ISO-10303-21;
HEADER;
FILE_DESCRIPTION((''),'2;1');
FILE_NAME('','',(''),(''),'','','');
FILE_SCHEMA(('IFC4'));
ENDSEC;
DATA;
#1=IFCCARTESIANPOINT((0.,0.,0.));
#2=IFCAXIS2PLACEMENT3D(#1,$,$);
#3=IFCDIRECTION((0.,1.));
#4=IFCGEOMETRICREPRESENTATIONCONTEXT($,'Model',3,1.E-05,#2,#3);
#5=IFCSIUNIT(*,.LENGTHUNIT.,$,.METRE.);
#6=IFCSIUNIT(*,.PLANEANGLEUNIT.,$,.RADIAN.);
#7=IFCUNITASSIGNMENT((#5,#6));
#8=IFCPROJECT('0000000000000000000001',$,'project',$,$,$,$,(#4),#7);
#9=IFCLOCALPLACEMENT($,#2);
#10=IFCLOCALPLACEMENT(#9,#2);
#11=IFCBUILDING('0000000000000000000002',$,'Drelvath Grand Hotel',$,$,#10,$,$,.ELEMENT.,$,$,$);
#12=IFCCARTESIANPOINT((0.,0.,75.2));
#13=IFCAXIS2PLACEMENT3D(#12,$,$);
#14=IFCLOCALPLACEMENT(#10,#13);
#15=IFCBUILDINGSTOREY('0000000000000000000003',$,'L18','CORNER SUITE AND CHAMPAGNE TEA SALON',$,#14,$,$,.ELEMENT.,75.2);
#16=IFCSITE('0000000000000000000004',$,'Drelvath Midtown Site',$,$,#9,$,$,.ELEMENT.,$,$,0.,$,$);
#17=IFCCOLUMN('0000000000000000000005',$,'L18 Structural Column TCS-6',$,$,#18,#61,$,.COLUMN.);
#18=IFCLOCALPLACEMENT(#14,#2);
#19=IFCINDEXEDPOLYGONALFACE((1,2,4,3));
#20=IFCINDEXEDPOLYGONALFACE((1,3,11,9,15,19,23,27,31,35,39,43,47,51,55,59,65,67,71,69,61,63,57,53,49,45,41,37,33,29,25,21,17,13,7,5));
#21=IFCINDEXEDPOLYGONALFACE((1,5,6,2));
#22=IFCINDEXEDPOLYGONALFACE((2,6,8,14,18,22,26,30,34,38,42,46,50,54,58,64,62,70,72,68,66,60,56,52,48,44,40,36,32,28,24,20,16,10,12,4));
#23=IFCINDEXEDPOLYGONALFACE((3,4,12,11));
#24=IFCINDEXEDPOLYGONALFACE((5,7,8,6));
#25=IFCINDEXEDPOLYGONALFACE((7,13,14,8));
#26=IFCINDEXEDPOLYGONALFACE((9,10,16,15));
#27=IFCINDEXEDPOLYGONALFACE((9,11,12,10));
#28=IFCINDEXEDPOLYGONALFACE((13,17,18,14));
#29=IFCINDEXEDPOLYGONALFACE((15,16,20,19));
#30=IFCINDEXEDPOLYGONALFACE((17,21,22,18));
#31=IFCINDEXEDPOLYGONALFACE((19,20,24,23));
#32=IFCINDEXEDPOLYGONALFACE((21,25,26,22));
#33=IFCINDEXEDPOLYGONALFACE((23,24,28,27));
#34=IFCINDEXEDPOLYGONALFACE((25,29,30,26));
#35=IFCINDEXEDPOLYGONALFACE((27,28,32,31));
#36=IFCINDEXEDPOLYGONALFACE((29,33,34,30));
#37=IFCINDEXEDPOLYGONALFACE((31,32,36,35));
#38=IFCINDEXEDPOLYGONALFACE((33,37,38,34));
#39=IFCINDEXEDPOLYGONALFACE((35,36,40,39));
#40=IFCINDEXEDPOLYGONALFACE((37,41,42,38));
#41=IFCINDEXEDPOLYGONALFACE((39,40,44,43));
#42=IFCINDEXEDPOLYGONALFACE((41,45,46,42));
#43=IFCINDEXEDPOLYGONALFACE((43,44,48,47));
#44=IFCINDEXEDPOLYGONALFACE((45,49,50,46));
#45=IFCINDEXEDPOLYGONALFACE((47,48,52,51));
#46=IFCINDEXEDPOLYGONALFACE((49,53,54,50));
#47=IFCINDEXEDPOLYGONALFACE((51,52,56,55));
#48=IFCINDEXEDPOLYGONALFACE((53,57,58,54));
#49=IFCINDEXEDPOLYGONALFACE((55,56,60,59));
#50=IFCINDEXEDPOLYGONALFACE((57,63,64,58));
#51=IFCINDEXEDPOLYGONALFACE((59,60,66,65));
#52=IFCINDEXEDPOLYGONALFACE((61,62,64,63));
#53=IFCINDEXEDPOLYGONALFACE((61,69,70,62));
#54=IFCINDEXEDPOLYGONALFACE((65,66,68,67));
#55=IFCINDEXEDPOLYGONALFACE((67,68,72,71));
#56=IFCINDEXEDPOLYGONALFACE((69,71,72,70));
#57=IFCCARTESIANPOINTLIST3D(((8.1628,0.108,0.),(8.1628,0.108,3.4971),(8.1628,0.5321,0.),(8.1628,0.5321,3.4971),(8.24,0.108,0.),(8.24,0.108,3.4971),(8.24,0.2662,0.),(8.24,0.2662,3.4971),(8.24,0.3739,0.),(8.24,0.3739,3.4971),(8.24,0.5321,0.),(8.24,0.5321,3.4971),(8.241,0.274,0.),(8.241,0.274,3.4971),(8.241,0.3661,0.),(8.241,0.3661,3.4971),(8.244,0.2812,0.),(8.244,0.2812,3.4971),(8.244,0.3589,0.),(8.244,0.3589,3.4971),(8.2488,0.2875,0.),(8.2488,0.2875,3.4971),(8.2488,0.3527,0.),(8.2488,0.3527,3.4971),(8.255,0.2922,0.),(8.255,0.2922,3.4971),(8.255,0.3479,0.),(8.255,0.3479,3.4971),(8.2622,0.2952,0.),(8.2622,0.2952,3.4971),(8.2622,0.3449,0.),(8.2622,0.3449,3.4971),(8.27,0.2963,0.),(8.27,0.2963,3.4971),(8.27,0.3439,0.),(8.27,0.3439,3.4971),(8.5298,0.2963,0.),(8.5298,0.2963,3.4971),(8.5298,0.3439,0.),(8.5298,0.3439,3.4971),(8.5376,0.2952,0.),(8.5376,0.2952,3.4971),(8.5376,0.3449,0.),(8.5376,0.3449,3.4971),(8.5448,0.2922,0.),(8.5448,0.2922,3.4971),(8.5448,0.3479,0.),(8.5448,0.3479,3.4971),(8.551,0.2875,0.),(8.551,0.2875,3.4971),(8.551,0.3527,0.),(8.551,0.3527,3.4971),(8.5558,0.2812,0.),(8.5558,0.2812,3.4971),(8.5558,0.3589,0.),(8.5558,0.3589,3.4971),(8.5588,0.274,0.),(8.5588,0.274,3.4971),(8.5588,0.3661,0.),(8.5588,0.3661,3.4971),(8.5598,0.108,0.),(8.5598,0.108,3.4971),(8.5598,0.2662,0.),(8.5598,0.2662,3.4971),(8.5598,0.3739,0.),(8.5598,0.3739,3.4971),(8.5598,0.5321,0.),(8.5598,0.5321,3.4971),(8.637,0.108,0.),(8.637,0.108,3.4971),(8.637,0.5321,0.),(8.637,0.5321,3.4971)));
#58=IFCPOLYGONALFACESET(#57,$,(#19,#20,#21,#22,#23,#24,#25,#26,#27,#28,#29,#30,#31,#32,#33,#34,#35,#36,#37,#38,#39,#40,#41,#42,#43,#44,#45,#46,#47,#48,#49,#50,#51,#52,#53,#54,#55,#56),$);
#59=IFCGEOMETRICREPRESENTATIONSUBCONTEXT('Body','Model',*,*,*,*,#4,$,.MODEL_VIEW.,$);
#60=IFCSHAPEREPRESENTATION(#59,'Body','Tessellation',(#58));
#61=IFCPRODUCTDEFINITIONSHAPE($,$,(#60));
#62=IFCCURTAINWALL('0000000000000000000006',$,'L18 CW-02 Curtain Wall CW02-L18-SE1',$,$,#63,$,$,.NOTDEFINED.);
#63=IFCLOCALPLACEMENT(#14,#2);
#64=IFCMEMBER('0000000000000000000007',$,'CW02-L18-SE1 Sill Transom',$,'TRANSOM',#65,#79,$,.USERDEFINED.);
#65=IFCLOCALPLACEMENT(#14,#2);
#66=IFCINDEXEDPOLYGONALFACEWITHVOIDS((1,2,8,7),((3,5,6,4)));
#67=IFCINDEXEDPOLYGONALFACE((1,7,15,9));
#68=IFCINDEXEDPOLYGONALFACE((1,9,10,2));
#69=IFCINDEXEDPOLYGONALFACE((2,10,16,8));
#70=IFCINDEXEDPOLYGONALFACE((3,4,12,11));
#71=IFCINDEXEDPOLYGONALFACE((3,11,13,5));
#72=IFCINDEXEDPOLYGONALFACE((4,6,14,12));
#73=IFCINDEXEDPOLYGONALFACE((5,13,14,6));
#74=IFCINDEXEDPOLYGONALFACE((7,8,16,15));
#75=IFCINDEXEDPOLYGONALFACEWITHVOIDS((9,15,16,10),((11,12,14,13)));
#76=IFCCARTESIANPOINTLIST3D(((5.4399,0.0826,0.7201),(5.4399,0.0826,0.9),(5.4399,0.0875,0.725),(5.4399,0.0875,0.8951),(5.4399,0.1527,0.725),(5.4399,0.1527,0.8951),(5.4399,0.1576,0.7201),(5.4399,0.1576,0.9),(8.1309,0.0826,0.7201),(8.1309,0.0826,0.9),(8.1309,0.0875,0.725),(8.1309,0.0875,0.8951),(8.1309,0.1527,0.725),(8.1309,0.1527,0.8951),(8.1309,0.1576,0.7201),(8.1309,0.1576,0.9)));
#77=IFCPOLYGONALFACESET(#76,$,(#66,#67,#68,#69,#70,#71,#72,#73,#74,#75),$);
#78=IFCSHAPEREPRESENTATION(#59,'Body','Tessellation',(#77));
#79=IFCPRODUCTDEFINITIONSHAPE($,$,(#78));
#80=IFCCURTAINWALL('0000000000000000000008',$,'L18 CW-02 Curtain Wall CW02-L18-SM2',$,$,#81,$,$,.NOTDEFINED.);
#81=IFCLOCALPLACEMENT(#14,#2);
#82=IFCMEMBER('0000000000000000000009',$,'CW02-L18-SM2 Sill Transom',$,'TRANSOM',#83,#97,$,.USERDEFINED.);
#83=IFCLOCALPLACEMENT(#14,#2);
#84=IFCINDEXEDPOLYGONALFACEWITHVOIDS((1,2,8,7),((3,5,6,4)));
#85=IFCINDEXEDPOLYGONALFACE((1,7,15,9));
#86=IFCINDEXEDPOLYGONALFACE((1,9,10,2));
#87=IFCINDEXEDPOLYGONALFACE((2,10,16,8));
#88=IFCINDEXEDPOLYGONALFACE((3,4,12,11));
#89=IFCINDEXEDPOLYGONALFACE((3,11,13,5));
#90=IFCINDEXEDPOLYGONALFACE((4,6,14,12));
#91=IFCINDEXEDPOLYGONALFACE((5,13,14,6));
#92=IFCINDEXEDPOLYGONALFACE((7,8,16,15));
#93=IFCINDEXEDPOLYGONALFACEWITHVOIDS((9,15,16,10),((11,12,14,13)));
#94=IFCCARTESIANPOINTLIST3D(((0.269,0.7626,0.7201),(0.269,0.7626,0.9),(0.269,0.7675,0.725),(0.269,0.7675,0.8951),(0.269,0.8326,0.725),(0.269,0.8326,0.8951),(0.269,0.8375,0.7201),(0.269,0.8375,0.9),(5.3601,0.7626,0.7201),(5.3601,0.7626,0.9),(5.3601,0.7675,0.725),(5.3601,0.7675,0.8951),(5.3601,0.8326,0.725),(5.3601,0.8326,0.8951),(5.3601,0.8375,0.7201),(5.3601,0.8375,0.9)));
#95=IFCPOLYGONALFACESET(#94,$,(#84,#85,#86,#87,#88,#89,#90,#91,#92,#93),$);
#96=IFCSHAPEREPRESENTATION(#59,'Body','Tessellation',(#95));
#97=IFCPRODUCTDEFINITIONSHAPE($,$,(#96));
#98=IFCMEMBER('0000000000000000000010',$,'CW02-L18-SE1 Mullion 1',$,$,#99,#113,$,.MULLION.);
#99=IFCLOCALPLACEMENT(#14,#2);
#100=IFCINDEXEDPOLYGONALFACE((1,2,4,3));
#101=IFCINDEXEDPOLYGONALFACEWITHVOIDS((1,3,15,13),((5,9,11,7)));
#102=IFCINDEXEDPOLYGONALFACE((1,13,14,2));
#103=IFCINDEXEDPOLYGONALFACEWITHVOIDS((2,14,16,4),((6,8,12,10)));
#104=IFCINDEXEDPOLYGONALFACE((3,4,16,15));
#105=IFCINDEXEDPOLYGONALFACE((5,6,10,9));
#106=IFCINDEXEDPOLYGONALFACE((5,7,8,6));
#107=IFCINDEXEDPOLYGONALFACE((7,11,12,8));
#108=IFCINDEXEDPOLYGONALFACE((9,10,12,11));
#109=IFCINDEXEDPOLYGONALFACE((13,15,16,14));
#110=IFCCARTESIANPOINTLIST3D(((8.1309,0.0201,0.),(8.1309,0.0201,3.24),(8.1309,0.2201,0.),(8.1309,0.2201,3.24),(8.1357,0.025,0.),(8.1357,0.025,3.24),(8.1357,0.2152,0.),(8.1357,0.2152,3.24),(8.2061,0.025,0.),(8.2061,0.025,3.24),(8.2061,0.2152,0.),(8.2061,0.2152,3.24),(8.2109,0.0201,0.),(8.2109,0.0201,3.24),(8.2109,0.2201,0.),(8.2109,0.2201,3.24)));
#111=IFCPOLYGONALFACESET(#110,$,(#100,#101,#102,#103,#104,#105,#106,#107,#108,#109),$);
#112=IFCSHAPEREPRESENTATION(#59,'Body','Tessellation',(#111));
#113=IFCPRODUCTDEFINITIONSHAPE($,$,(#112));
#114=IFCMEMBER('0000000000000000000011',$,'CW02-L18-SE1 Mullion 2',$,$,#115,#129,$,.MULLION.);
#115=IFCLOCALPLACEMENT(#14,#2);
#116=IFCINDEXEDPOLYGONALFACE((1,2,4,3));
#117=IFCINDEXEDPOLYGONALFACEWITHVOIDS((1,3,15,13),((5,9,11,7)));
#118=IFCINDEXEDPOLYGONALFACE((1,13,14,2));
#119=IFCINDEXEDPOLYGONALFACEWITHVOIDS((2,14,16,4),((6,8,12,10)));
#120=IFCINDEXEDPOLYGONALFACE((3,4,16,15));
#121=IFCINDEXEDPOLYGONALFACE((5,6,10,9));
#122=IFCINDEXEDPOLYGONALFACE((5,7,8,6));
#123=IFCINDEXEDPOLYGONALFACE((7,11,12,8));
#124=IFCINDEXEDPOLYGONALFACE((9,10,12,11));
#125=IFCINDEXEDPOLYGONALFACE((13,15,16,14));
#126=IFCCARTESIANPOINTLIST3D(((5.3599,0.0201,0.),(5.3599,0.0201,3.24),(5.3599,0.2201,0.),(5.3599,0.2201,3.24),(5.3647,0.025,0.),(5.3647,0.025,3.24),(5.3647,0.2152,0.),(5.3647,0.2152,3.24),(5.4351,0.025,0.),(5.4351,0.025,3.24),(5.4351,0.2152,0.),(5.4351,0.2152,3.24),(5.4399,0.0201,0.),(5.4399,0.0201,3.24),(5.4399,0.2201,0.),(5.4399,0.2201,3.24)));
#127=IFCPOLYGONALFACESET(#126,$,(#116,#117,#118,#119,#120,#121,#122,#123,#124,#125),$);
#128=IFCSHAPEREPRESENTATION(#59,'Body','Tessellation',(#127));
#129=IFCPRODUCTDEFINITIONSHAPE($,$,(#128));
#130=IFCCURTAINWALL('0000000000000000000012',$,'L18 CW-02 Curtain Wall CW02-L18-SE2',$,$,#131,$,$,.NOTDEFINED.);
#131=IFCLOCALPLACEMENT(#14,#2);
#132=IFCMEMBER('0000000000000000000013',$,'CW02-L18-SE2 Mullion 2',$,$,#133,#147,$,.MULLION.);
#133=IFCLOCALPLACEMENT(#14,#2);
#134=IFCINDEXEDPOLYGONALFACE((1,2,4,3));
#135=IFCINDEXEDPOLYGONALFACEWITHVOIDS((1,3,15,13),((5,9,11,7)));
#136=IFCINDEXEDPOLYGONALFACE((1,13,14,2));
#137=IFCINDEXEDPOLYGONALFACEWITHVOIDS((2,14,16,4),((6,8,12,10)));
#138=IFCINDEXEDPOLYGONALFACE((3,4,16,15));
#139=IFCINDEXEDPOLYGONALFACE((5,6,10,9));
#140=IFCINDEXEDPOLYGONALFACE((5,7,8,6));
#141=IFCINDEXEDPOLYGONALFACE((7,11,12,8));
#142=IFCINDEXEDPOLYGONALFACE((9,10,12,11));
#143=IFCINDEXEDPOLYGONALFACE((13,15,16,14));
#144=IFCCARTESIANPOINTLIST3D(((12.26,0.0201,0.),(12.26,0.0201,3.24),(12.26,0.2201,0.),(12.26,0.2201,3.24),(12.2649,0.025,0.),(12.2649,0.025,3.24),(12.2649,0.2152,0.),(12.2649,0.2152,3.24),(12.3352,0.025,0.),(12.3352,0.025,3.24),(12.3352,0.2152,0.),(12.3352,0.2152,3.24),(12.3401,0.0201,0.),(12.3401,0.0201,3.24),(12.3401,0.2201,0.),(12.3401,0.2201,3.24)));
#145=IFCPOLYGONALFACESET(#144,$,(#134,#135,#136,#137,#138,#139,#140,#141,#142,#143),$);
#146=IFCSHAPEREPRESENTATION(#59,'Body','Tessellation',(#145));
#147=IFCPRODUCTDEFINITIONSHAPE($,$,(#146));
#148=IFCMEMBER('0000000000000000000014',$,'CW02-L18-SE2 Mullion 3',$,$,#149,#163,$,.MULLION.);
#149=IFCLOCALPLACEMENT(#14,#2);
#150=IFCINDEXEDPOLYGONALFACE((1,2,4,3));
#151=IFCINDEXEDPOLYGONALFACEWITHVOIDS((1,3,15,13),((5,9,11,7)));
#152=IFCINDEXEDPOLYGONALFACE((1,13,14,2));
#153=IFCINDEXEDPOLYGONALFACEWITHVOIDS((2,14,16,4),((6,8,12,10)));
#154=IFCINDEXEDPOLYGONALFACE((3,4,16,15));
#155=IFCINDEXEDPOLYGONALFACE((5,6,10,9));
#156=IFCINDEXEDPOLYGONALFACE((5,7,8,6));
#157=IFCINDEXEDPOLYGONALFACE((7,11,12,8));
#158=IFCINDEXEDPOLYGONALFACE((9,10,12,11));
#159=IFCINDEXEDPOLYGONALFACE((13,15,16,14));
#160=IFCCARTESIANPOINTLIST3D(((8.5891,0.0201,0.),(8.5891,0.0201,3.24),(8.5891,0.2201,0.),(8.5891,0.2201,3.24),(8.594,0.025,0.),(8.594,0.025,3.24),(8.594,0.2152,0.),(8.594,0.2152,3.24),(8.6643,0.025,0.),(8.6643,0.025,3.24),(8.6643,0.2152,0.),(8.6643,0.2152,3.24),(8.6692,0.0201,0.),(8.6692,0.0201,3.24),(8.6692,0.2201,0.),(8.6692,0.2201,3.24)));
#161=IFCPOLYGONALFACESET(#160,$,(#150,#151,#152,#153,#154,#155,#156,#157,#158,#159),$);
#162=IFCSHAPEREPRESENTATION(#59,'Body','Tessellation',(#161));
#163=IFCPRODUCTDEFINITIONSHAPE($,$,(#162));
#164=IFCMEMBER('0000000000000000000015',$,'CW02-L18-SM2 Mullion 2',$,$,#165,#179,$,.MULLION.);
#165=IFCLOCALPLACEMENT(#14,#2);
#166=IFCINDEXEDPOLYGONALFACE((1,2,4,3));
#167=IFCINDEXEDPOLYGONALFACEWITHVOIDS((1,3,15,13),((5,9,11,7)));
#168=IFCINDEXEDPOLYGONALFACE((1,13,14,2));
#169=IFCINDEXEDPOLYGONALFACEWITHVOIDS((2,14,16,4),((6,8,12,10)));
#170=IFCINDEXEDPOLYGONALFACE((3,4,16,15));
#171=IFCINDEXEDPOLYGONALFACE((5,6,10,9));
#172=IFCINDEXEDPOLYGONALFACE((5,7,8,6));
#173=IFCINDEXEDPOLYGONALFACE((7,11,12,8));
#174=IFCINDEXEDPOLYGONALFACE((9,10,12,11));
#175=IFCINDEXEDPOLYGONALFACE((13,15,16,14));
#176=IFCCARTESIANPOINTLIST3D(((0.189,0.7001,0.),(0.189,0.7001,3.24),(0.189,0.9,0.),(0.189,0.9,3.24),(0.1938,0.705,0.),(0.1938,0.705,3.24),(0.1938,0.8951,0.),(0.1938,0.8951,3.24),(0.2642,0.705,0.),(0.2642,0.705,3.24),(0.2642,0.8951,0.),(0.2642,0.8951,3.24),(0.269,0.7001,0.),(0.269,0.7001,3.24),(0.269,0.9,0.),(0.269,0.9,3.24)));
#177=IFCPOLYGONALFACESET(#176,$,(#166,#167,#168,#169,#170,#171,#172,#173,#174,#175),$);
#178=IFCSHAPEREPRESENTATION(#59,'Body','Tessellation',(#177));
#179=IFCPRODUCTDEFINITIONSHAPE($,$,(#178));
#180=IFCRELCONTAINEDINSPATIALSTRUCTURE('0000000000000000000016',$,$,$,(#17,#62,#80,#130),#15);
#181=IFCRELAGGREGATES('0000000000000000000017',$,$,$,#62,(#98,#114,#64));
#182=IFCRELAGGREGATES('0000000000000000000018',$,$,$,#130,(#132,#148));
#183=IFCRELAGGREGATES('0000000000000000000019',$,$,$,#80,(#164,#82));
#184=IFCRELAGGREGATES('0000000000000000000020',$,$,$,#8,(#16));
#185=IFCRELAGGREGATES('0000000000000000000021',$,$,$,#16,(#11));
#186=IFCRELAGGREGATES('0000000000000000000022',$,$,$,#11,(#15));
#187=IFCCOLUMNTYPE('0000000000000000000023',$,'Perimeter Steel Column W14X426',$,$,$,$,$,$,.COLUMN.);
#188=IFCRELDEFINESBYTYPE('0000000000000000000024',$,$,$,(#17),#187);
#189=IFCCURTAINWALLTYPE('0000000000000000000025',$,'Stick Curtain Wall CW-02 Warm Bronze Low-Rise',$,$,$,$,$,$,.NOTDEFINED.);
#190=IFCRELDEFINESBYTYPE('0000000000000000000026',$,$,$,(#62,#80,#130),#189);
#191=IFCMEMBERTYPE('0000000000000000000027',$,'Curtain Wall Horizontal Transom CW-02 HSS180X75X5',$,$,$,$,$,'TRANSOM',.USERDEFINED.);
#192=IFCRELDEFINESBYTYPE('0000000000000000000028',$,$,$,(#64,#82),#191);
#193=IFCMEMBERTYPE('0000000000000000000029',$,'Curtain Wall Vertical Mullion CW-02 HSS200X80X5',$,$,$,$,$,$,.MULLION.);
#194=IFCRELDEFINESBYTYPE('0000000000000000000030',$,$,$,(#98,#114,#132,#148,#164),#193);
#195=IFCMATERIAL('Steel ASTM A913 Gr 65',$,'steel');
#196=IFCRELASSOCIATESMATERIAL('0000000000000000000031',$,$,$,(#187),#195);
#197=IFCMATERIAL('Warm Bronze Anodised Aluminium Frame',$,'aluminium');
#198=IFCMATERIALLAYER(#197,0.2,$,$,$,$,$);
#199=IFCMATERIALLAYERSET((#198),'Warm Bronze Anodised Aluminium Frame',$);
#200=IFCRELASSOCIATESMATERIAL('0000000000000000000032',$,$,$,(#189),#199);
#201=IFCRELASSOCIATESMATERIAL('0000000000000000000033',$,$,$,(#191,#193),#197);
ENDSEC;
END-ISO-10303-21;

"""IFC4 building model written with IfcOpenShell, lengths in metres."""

from ifc_helpers import new_model, si_unit, direction, frame, origin, origin_2d, place, context, subcontext, project, spatial, hollow_rectangle, i_section, extrude, material, layer, layer_set, material_profile, profile_set, type_object, element, aggregate, save


model = new_model("IFC4")

# Units and contexts
model_context = context("Model", 3, precision=1e-05, world=origin(), true_north=direction((0.0, 1.0)))
body_context = subcontext(model_context, "Body", "Model", "MODEL_VIEW")
ifc_project = project(units=[si_unit("LENGTHUNIT", "METRE"), si_unit("PLANEANGLEUNIT", "RADIAN")], contexts=[model_context])

# Site, building, storey
site_placement = place(None, origin())
site = spatial("IfcSite", under=ifc_project, at=site_placement, Name="Drelvath Midtown Site", CompositionType="ELEMENT", RefElevation=0.0)
building_placement = place(site_placement, origin())
building = spatial("IfcBuilding", under=site, at=building_placement, Name="Drelvath Grand Hotel", CompositionType="ELEMENT")
storey_placement = place(building_placement, frame((0.0, 0.0, 75.2)))
storey = spatial("IfcBuildingStorey", under=building, at=storey_placement, Name="L18", Description="CORNER SUITE AND CHAMPAGNE TEA SALON", CompositionType="ELEMENT", Elevation=75.2)

# Column
ifc_material_1 = material(Name="Steel ASTM A913 Gr 65", Category="steel")
ifc_material_profile_1 = material_profile(ifc_material_1, i_section(OverallWidth=0.4241, OverallDepth=0.4741, WebThickness=0.0476, FlangeThickness=0.0771, FilletRadius=0.03, at=origin_2d()), Name="W14X426")
ifc_profile_set_1 = profile_set([ifc_material_profile_1], Name="Steel ASTM A913 Gr 65")
column_type = type_object("IfcColumnType", Name="Perimeter Steel Column W14X426", PredefinedType="COLUMN", material=ifc_profile_set_1)
column_placement = place(storey_placement, frame((8.3999, 0.3201, 0.0), z_axis=(0.0, 0.0, 1.0), x_axis=(0.0, 1.0, 0.0)))
element("IfcColumn", 1, at=column_placement, inside=storey, type_object=column_type, Name="L18 Structural Column TCS-6", PredefinedType="COLUMN", context=body_context, shape_type="SweptSolid", body=[
    extrude(i_section(OverallWidth=0.4241, OverallDepth=0.4741, WebThickness=0.0476, FlangeThickness=0.0771, FilletRadius=0.03, at=origin_2d()), origin(), (0.0, 0.0, 1.0), 3.4971),
])

# Curtain walls, members
ifc_material_2 = material(Name="Warm Bronze Anodised Aluminium Frame", Category="aluminium")
ifc_layer_1 = layer(ifc_material_2, 0.2)
ifc_layer_set_1 = layer_set([ifc_layer_1], Name="Warm Bronze Anodised Aluminium Frame")
curtain_wall_type = type_object("IfcCurtainWallType", Name="Stick Curtain Wall CW-02 Warm Bronze Low-Rise", PredefinedType="NOTDEFINED", material=ifc_layer_set_1)
curtain_wall_1_placement = place(storey_placement, origin())
curtain_wall_1 = element("IfcCurtainWall", 2, at=curtain_wall_1_placement, inside=storey, type_object=curtain_wall_type, Name="L18 CW-02 Curtain Wall CW02-L18-SE1", PredefinedType="NOTDEFINED")
ifc_material_profile_2 = material_profile(ifc_material_2, hollow_rectangle(XDim=0.075, YDim=0.1799, WallThickness=0.0049, at=origin_2d()), Name="HSS180X75X5")
ifc_profile_set_2 = profile_set([ifc_material_profile_2], Name="Warm Bronze Anodised Aluminium Frame")
member_type_1 = type_object("IfcMemberType", Name="Curtain Wall Horizontal Transom CW-02 HSS180X75X5", ElementType="TRANSOM", PredefinedType="USERDEFINED", material=ifc_profile_set_2)
member_1_placement = place(storey_placement, frame((8.1309, 0.1201, 0.8101), z_axis=(-1.0, 0.0, 0.0), x_axis=(0.0, -1.0, 0.0)))
member_1 = element("IfcMember", 3, at=member_1_placement, type_object=member_type_1, Name="CW02-L18-SE1 Sill Transom", ObjectType="TRANSOM", PredefinedType="USERDEFINED", context=body_context, shape_type="SweptSolid", body=[
    extrude(hollow_rectangle(XDim=0.075, YDim=0.1799, WallThickness=0.0049, at=origin_2d()), origin(), (0.0, 0.0, 1.0), 2.6909),
])
curtain_wall_2_placement = place(storey_placement, origin())
curtain_wall_2 = element("IfcCurtainWall", 4, at=curtain_wall_2_placement, inside=storey, type_object=curtain_wall_type, Name="L18 CW-02 Curtain Wall CW02-L18-SM2", PredefinedType="NOTDEFINED")
member_2_placement = place(storey_placement, frame((5.3601, 0.8, 0.8101), z_axis=(-1.0, 0.0, 0.0), x_axis=(0.0, -1.0, 0.0)))
member_2 = element("IfcMember", 5, at=member_2_placement, type_object=member_type_1, Name="CW02-L18-SM2 Sill Transom", ObjectType="TRANSOM", PredefinedType="USERDEFINED", context=body_context, shape_type="SweptSolid", body=[
    extrude(hollow_rectangle(XDim=0.075, YDim=0.1799, WallThickness=0.0049, at=origin_2d()), origin(), (0.0, 0.0, 1.0), 5.0911),
])

# Members
ifc_material_profile_3 = material_profile(ifc_material_2, hollow_rectangle(XDim=0.0801, YDim=0.2, WallThickness=0.0049, at=origin_2d()), Name="HSS200X80X5")
ifc_profile_set_3 = profile_set([ifc_material_profile_3], Name="Warm Bronze Anodised Aluminium Frame")
member_type_2 = type_object("IfcMemberType", Name="Curtain Wall Vertical Mullion CW-02 HSS200X80X5", PredefinedType="MULLION", material=ifc_profile_set_3)
member_3_placement = place(storey_placement, frame((8.1709, 0.1201, 0.0), z_axis=(0.0, 0.0, 1.0), x_axis=(1.0, 0.0, 0.0)))
member_3 = element("IfcMember", 6, at=member_3_placement, type_object=member_type_2, Name="CW02-L18-SE1 Mullion 1", PredefinedType="MULLION", context=body_context, shape_type="SweptSolid", body=[
    extrude(hollow_rectangle(XDim=0.0801, YDim=0.2, WallThickness=0.0049, at=origin_2d()), origin(), (0.0, 0.0, 1.0), 3.24),
])
member_4_placement = place(storey_placement, frame((5.3999, 0.1201, 0.0), z_axis=(0.0, 0.0, 1.0), x_axis=(1.0, 0.0, 0.0)))
member_4 = element("IfcMember", 7, at=member_4_placement, type_object=member_type_2, Name="CW02-L18-SE1 Mullion 2", PredefinedType="MULLION", context=body_context, shape_type="SweptSolid", body=[
    extrude(hollow_rectangle(XDim=0.0801, YDim=0.2, WallThickness=0.0049, at=origin_2d()), origin(), (0.0, 0.0, 1.0), 3.24),
])

# Curtain wall, members
curtain_wall_3_placement = place(storey_placement, origin())
curtain_wall_3 = element("IfcCurtainWall", 8, at=curtain_wall_3_placement, inside=storey, type_object=curtain_wall_type, Name="L18 CW-02 Curtain Wall CW02-L18-SE2", PredefinedType="NOTDEFINED")
member_5_placement = place(storey_placement, frame((12.3, 0.1201, 0.0), z_axis=(0.0, 0.0, 1.0), x_axis=(1.0, 0.0, 0.0)))
member_5 = element("IfcMember", 9, at=member_5_placement, type_object=member_type_2, Name="CW02-L18-SE2 Mullion 2", PredefinedType="MULLION", context=body_context, shape_type="SweptSolid", body=[
    extrude(hollow_rectangle(XDim=0.0801, YDim=0.2, WallThickness=0.0049, at=origin_2d()), origin(), (0.0, 0.0, 1.0), 3.24),
])
member_6_placement = place(storey_placement, frame((8.6292, 0.1201, 0.0), z_axis=(0.0, 0.0, 1.0), x_axis=(1.0, 0.0, 0.0)))
member_6 = element("IfcMember", 10, at=member_6_placement, type_object=member_type_2, Name="CW02-L18-SE2 Mullion 3", PredefinedType="MULLION", context=body_context, shape_type="SweptSolid", body=[
    extrude(hollow_rectangle(XDim=0.0801, YDim=0.2, WallThickness=0.0049, at=origin_2d()), origin(), (0.0, 0.0, 1.0), 3.24),
])

# Member
member_7_placement = place(storey_placement, frame((0.229, 0.8, 0.0), z_axis=(0.0, 0.0, 1.0), x_axis=(1.0, 0.0, 0.0)))
member_7 = element("IfcMember", 11, at=member_7_placement, type_object=member_type_2, Name="CW02-L18-SM2 Mullion 2", PredefinedType="MULLION", context=body_context, shape_type="SweptSolid", body=[
    extrude(hollow_rectangle(XDim=0.0801, YDim=0.2, WallThickness=0.0049, at=origin_2d()), origin(), (0.0, 0.0, 1.0), 3.24),
])

aggregate(curtain_wall_1, [member_3, member_4, member_1])
aggregate(curtain_wall_3, [member_5, member_6])
aggregate(curtain_wall_2, [member_7, member_2])

save(model, "model.ifc")
